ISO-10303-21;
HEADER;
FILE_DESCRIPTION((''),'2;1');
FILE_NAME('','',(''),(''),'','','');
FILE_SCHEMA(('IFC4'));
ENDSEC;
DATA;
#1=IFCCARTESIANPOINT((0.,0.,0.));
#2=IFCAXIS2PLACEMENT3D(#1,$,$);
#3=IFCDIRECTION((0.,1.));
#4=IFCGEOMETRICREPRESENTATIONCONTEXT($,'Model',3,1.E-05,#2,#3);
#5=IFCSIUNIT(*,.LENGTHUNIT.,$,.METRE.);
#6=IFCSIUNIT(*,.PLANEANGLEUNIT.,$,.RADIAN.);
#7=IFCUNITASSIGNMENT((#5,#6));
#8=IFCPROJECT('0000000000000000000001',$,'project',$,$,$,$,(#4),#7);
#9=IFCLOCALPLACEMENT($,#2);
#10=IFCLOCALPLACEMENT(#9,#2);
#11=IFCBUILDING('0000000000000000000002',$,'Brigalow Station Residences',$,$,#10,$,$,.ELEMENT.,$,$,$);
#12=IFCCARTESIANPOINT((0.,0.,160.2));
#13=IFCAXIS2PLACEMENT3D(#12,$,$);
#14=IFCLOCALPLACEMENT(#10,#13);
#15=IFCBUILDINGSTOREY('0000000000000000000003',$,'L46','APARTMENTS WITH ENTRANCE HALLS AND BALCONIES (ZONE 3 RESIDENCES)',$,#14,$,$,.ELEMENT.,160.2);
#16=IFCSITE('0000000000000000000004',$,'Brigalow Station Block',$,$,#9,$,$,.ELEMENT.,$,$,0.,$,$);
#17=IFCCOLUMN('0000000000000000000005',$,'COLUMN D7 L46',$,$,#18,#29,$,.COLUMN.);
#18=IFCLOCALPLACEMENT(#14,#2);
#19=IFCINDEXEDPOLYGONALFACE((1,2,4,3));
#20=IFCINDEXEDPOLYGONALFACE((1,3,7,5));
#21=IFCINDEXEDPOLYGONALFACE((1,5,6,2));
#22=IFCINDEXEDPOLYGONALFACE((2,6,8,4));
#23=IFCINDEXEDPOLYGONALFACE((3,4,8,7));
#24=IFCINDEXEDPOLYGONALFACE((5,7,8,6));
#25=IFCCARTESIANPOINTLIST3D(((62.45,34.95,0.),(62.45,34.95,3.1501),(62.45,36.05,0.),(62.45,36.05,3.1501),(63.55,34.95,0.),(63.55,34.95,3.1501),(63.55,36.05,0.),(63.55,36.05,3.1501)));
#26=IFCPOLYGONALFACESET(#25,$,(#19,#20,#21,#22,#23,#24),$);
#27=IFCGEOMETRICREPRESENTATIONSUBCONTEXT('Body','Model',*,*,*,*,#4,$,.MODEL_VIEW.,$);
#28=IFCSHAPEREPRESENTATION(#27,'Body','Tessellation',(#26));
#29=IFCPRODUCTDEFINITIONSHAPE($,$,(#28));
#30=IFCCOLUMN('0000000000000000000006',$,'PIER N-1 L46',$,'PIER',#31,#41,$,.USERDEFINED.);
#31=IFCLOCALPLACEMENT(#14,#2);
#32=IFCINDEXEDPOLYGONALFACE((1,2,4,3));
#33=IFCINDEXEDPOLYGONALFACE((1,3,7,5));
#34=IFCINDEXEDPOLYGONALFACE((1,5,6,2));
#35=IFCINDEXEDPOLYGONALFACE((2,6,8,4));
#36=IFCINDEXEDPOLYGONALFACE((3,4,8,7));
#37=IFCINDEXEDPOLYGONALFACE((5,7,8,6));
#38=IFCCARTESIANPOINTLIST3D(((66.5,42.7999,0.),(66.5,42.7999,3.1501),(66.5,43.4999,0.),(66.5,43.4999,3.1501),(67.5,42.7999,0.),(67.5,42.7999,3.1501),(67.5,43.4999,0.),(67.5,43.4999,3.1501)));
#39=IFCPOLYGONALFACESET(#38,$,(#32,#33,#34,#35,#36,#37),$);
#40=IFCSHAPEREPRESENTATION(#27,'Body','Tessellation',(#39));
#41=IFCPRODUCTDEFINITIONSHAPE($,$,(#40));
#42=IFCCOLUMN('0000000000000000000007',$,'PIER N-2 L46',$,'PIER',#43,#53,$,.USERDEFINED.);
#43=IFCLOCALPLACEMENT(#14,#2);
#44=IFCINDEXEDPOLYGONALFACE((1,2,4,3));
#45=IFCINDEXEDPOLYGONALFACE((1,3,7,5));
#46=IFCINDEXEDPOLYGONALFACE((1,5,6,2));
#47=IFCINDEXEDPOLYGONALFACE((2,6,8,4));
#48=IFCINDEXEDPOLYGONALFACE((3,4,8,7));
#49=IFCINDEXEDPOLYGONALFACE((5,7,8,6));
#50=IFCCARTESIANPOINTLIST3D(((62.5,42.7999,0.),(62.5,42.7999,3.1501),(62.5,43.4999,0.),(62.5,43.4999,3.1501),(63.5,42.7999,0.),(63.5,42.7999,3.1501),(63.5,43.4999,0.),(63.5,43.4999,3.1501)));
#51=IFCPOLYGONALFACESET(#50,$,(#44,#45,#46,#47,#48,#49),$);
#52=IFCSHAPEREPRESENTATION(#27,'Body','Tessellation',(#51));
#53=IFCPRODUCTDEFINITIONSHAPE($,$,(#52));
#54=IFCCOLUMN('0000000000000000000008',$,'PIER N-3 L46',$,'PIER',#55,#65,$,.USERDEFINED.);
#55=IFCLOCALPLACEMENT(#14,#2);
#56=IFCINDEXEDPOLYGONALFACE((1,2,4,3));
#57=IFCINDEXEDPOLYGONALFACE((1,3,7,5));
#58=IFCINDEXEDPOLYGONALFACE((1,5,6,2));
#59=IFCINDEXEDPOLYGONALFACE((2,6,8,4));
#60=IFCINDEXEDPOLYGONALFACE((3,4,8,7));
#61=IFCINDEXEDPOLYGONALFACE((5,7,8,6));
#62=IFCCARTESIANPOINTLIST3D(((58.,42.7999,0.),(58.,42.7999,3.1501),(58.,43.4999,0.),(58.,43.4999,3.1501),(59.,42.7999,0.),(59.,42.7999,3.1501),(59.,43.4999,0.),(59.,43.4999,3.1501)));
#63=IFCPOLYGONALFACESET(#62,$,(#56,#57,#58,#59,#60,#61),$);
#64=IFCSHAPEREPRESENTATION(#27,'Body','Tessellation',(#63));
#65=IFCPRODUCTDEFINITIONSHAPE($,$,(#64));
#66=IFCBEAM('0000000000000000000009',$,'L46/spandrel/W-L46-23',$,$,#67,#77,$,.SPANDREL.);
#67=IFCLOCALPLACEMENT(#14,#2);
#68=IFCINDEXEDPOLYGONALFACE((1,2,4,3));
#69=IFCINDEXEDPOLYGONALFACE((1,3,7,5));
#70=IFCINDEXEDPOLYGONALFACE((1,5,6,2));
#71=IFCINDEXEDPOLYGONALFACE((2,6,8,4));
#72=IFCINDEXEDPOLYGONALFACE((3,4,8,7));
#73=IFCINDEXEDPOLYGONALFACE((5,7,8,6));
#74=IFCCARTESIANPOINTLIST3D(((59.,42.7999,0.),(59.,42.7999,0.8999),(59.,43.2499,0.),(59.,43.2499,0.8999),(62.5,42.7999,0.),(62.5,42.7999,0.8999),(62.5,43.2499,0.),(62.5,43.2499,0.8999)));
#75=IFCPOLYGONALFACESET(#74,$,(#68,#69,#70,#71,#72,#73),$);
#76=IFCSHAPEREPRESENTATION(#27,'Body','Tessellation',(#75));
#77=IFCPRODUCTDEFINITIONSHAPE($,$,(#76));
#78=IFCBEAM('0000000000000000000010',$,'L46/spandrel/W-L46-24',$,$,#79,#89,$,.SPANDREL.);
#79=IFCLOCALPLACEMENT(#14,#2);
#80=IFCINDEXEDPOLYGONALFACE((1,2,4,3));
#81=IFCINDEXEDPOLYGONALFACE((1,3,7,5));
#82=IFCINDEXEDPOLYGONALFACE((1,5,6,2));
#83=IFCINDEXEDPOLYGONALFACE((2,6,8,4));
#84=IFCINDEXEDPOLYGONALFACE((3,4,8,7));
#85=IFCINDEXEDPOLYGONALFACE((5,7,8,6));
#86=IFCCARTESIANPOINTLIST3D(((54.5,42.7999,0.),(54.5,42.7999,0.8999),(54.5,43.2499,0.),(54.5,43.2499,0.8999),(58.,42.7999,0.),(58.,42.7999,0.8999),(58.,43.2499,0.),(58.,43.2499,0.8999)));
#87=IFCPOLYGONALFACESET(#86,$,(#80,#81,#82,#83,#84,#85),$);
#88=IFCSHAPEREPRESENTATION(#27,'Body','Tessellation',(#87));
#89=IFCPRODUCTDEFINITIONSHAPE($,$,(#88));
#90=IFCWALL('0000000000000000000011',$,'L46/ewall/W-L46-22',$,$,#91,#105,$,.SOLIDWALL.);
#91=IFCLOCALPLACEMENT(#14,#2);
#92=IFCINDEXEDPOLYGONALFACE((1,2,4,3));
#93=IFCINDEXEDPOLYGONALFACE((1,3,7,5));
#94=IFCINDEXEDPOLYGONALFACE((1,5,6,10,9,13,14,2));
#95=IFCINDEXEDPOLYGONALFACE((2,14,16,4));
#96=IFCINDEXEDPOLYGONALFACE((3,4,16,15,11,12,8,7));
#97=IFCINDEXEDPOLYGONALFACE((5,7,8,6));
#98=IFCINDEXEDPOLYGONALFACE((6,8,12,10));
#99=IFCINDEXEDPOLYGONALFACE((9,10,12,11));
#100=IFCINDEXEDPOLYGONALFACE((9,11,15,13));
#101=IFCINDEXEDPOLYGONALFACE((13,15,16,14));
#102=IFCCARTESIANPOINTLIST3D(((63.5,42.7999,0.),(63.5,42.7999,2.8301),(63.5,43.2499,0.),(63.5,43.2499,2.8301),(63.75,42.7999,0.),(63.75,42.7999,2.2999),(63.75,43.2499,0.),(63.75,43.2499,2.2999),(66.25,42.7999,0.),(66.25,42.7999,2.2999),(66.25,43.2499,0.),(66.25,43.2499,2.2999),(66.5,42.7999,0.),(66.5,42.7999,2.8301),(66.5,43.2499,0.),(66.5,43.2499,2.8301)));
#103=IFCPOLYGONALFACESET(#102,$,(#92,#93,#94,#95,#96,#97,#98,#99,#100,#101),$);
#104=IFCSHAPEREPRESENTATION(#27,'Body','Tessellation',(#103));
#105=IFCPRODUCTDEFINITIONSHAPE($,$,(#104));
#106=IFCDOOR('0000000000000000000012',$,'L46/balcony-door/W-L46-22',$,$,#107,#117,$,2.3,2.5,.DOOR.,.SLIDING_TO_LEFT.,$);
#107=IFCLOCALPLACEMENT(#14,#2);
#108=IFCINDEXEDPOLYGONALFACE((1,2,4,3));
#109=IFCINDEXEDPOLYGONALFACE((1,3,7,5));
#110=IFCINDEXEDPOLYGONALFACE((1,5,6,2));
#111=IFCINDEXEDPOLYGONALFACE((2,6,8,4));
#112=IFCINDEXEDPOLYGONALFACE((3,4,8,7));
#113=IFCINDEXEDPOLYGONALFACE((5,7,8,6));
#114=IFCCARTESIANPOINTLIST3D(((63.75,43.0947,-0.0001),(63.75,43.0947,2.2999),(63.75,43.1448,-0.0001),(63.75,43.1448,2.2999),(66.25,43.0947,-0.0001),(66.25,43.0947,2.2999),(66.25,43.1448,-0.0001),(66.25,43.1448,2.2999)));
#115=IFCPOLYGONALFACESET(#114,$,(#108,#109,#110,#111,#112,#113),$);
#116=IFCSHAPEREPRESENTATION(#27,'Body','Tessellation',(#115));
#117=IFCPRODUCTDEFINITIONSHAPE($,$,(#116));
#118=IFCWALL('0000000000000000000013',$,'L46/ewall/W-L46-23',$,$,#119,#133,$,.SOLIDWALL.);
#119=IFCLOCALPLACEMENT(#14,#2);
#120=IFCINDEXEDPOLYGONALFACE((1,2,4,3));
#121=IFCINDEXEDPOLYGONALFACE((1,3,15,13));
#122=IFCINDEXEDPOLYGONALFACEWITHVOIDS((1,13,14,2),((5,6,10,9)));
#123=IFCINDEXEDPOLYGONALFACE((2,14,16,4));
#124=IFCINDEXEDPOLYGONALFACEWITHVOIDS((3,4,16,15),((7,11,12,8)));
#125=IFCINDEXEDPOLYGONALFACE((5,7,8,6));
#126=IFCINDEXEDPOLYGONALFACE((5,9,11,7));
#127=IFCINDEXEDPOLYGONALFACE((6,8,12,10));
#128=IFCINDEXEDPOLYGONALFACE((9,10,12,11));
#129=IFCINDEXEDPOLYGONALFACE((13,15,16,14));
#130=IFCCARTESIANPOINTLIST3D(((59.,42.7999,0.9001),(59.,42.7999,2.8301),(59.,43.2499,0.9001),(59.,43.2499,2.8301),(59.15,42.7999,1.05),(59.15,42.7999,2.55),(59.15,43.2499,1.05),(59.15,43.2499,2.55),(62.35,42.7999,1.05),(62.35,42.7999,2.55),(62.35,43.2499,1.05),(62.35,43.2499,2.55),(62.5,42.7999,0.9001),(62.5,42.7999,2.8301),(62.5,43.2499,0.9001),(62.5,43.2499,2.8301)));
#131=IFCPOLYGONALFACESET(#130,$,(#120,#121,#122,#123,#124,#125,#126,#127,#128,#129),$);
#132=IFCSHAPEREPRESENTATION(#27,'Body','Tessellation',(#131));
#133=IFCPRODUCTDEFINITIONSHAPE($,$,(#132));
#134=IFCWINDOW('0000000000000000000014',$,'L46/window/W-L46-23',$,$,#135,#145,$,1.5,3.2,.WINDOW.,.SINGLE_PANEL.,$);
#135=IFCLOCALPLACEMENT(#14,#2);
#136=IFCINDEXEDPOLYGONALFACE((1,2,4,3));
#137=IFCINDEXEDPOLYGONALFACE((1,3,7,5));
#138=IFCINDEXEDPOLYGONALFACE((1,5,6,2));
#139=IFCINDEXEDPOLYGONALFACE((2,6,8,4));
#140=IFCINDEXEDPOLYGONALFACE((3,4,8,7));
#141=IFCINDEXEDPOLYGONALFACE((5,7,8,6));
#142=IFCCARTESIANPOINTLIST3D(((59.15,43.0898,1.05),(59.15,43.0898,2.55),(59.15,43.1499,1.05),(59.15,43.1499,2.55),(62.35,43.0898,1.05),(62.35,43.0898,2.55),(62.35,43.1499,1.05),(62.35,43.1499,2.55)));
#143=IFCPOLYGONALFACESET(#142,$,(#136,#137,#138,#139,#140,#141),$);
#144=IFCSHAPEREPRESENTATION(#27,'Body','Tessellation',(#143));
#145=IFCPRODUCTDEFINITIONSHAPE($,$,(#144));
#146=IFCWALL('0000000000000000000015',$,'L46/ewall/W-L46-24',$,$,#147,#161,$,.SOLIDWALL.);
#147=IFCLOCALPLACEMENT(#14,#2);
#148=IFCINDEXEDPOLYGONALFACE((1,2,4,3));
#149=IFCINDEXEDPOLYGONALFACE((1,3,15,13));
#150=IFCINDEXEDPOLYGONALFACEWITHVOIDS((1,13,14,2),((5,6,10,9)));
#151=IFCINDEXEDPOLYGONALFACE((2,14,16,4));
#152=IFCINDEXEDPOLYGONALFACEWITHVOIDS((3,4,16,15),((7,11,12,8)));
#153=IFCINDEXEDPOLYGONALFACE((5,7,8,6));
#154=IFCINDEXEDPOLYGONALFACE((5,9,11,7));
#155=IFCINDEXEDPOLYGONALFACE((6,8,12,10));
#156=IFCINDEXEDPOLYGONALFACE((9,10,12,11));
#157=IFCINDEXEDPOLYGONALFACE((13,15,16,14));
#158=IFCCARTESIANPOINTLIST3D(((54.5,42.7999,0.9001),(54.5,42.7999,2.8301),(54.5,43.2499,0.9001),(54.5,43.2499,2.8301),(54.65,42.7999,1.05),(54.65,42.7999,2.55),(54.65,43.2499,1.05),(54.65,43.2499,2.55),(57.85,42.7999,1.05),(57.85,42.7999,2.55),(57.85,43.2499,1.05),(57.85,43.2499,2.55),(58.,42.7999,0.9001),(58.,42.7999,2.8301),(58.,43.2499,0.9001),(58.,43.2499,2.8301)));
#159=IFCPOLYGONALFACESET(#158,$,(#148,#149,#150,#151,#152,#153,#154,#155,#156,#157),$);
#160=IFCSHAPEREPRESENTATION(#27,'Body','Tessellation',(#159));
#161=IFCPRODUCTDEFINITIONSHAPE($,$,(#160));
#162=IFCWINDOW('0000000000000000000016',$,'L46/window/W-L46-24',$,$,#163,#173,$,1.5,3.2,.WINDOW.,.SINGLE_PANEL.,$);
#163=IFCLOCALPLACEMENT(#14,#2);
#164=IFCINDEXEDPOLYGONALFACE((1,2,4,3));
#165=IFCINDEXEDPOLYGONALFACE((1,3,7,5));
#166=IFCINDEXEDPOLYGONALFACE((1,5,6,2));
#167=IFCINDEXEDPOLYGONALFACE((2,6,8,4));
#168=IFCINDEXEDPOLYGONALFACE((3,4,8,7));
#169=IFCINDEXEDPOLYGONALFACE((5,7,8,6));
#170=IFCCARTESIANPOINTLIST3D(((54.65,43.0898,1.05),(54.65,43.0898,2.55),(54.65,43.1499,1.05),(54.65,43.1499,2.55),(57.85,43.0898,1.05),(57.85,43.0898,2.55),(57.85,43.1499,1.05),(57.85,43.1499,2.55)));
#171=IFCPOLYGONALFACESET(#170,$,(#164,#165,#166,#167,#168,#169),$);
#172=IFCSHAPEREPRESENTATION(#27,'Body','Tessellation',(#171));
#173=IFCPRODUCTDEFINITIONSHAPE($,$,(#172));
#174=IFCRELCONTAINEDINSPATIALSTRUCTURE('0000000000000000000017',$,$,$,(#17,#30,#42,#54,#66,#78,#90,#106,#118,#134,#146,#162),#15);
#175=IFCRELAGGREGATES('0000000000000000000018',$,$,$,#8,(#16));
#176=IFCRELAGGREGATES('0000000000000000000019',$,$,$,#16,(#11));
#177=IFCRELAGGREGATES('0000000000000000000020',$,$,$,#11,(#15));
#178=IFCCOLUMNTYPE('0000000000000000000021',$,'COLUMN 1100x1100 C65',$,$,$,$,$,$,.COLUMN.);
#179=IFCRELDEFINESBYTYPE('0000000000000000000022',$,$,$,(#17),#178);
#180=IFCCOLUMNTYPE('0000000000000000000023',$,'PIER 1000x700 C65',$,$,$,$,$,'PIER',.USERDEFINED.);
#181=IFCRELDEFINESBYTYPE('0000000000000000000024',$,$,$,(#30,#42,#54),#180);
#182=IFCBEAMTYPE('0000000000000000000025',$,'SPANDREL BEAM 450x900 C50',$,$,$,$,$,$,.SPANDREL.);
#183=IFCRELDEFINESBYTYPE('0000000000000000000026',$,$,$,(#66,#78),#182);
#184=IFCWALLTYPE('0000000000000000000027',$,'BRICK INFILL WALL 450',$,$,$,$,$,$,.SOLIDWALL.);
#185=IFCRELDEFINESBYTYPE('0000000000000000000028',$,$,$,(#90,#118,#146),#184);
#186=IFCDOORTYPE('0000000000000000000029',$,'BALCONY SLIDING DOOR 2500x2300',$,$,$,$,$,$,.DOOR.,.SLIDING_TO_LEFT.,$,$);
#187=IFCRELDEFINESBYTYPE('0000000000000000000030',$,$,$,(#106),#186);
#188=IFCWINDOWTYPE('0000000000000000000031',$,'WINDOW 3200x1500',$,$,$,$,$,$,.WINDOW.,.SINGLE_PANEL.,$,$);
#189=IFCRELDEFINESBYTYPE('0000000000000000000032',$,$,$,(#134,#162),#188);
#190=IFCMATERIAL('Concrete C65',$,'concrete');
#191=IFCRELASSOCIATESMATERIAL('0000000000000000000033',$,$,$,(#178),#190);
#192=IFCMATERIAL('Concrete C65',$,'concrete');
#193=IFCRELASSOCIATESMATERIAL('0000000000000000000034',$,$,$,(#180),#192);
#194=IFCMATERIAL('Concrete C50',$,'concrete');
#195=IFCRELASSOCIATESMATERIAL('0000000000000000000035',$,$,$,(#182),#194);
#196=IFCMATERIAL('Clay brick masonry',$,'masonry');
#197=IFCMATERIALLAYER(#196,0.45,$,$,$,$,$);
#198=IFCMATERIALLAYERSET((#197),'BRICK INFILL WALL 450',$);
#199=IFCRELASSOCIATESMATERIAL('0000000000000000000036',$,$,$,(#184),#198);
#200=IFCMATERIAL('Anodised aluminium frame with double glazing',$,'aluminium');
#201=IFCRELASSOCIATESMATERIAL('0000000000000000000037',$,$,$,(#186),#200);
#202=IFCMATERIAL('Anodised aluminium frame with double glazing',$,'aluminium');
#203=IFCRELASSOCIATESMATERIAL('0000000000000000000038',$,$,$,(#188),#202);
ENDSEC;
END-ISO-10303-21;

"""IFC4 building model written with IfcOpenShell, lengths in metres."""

from ifc_helpers import new_model, si_unit, direction, frame, frame_2d, origin, origin_2d, place, context, subcontext, project, spatial, rectangle, extrude, material, layer, layer_set, material_profile, profile_set, type_object, element, fill, save


model = new_model("IFC4")

# Units and contexts
model_context = context("Model", 3, precision=1e-05, world=origin(), true_north=direction((0.0, 1.0)))
body_context = subcontext(model_context, "Body", "Model", "MODEL_VIEW")
ifc_project = project(units=[si_unit("LENGTHUNIT", "METRE"), si_unit("PLANEANGLEUNIT", "RADIAN")], contexts=[model_context])

# Site, building, storey
site_placement = place(None, origin())
site = spatial("IfcSite", under=ifc_project, at=site_placement, Name="Brigalow Station Block", CompositionType="ELEMENT", RefElevation=0.0)
building_placement = place(site_placement, origin())
building = spatial("IfcBuilding", under=site, at=building_placement, Name="Brigalow Station Residences", CompositionType="ELEMENT")
storey_placement = place(building_placement, frame((0.0, 0.0, 160.2)))
storey = spatial("IfcBuildingStorey", under=building, at=storey_placement, Name="L46", Description="APARTMENTS WITH ENTRANCE HALLS AND BALCONIES (ZONE 3 RESIDENCES)", CompositionType="ELEMENT", Elevation=160.2)

# Columns
ifc_material_1 = material(Name="Concrete C65", Category="concrete")
ifc_material_profile_1 = material_profile(ifc_material_1, rectangle(XDim=1.1001, YDim=1.1001, at=origin_2d()), Name="RC1100x1100")
ifc_profile_set_1 = profile_set([ifc_material_profile_1], Name="Concrete C65")
column_type_1 = type_object("IfcColumnType", Name="COLUMN 1100x1100 C65", PredefinedType="COLUMN", material=ifc_profile_set_1)
column_placement = place(storey_placement, frame((63.0, 35.5, 0.0), z_axis=(0.0, 0.0, 1.0), x_axis=(1.0, 0.0, 0.0)))
element("IfcColumn", 1, at=column_placement, inside=storey, type_object=column_type_1, Name="COLUMN D7 L46", PredefinedType="COLUMN", context=body_context, shape_type="SweptSolid", body=[
    extrude(rectangle(XDim=1.1001, YDim=1.1001, at=origin_2d()), origin(), (0.0, 0.0, 1.0), 3.1501),
])
ifc_material_2 = material(Name="Concrete C65", Category="concrete")
ifc_material_profile_2 = material_profile(ifc_material_2, rectangle(XDim=1.0, YDim=0.7, at=origin_2d()), Name="RC1000x700")
ifc_profile_set_2 = profile_set([ifc_material_profile_2], Name="Concrete C65")
column_type_2 = type_object("IfcColumnType", Name="PIER 1000x700 C65", ElementType="PIER", PredefinedType="USERDEFINED", material=ifc_profile_set_2)
for number, where, z_axis, x_axis, name in (
    (2, (67.0, 43.1499, 0.0), (0.0, 0.0, 1.0), (-1.0, 0.0, 0.0), "PIER N-1 L46"),
    (3, (63.0, 43.1499, 0.0), (0.0, 0.0, 1.0), (-1.0, 0.0, 0.0), "PIER N-2 L46"),
    (4, (58.5, 43.1499, 0.0), (0.0, 0.0, 1.0), (-1.0, 0.0, 0.0), "PIER N-3 L46"),
):
    element("IfcColumn", number, at=place(storey_placement, frame(where, z_axis=z_axis, x_axis=x_axis)), inside=storey, type_object=column_type_2, Name=name, ObjectType="PIER", PredefinedType="USERDEFINED", context=body_context, shape_type="SweptSolid", body=[
        extrude(rectangle(XDim=1.0, YDim=0.7, at=origin_2d()), origin(), (0.0, 0.0, 1.0), 3.1501),
    ])

# Beams
ifc_material_3 = material(Name="Concrete C50", Category="concrete")
ifc_material_profile_3 = material_profile(ifc_material_3, rectangle(XDim=0.45, YDim=0.8999, at=origin_2d()), Name="RC450x900")
ifc_profile_set_3 = profile_set([ifc_material_profile_3], Name="Concrete C50")
beam_type = type_object("IfcBeamType", Name="SPANDREL BEAM 450x900 C50", PredefinedType="SPANDREL", material=ifc_profile_set_3)
for number, where, z_axis, x_axis, name in (
    (5, (62.5, 43.0249, 0.45), (-1.0, 0.0, 0.0), (0.0, -1.0, 0.0), "L46/spandrel/W-L46-23"),
    (6, (58.0, 43.0249, 0.45), (-1.0, 0.0, 0.0), (0.0, -1.0, 0.0), "L46/spandrel/W-L46-24"),
):
    element("IfcBeam", number, at=place(storey_placement, frame(where, z_axis=z_axis, x_axis=x_axis)), inside=storey, type_object=beam_type, Name=name, PredefinedType="SPANDREL", context=body_context, shape_type="SweptSolid", body=[
        extrude(rectangle(XDim=0.45, YDim=0.8999, at=origin_2d()), origin(), (0.0, 0.0, 1.0), 3.5),
    ])

# Wall, opening, door
ifc_material_4 = material(Name="Clay brick masonry", Category="masonry")
ifc_layer_1 = layer(ifc_material_4, 0.45)
ifc_layer_set_1 = layer_set([ifc_layer_1], Name="BRICK INFILL WALL 450")
wall_type_1 = type_object("IfcWallType", Name="BRICK INFILL WALL 450", PredefinedType="SOLIDWALL", material=ifc_layer_set_1)
wall_1_placement = place(storey_placement, frame((66.5, 43.0249, 0.0), z_axis=(0.0, 0.0, 1.0), x_axis=(-1.0, 0.0, 0.0)))
wall_1 = element("IfcWall", 7, at=wall_1_placement, inside=storey, type_object=wall_type_1, Name="L46/ewall/W-L46-22", PredefinedType="SOLIDWALL", context=body_context, shape_type="SweptSolid", body=[
    extrude(rectangle(XDim=3.0, YDim=0.45, at=frame_2d((1.5, 0.0))), origin(), (0.0, 0.0, 1.0), 2.8301),
])
opening_1_placement = place(wall_1_placement, frame((0.25, 0.0, 0.0)))
opening_1 = element("IfcOpeningElement", 8, at=opening_1_placement, cuts=wall_1, PredefinedType="OPENING", context=body_context, shape_type="SweptSolid", body=[
    extrude(rectangle(XDim=2.5, YDim=2.3, at=frame_2d((1.25, 1.1499))), frame((0.0, 0.2349, 0.0), z_axis=(0.0, -1.0, 0.0), x_axis=(1.0, 0.0, 0.0)), (0.0, 0.0, 1.0), 0.47),
])
ifc_material_5 = material(Name="Anodised aluminium frame with double glazing", Category="aluminium")
door_type_1 = type_object("IfcDoorType", Name="BALCONY SLIDING DOOR 2500x2300", OperationType="SLIDING_TO_LEFT", PredefinedType="DOOR", material=ifc_material_5)
door_1_placement = place(opening_1_placement, origin())
door_1 = element("IfcDoor", 9, at=door_1_placement, inside=storey, type_object=door_type_1, Name="L46/balcony-door/W-L46-22", OperationType="SLIDING_TO_LEFT", OverallHeight=2.3, OverallWidth=2.5, PredefinedType="DOOR", context=body_context, shape_type="SweptSolid", body=[
    extrude(rectangle(XDim=2.5, YDim=2.3, at=frame_2d((1.25, 1.1499))), frame((0.0, -0.0698, 0.0), z_axis=(0.0, -1.0, 0.0), x_axis=(1.0, 0.0, 0.0)), (0.0, 0.0, 1.0), 0.05),
])
fill(opening_1, door_1)

# Walls, openings, windows
wall_2_placement = place(storey_placement, frame((62.5, 43.0249, 0.9001), z_axis=(0.0, 0.0, 1.0), x_axis=(-1.0, 0.0, 0.0)))
wall_2 = element("IfcWall", 10, at=wall_2_placement, inside=storey, type_object=wall_type_1, Name="L46/ewall/W-L46-23", PredefinedType="SOLIDWALL", context=body_context, shape_type="SweptSolid", body=[
    extrude(rectangle(XDim=3.5, YDim=0.45, at=frame_2d((1.75, 0.0))), origin(), (0.0, 0.0, 1.0), 1.9299),
])
opening_2_placement = place(wall_2_placement, frame((0.1499, 0.0, 0.1499)))
opening_2 = element("IfcOpeningElement", 11, at=opening_2_placement, cuts=wall_2, PredefinedType="OPENING", context=body_context, shape_type="SweptSolid", body=[
    extrude(rectangle(XDim=3.2, YDim=1.5, at=frame_2d((1.6001, 0.75))), frame((0.0, 0.2349, 0.0), z_axis=(0.0, -1.0, 0.0), x_axis=(1.0, 0.0, 0.0)), (0.0, 0.0, 1.0), 0.47),
])
ifc_material_6 = material(Name="Anodised aluminium frame with double glazing", Category="aluminium")
window_type = type_object("IfcWindowType", Name="WINDOW 3200x1500", PartitioningType="SINGLE_PANEL", PredefinedType="WINDOW", material=ifc_material_6)
window_1_placement = place(opening_2_placement, origin())
window_1 = element("IfcWindow", 12, at=window_1_placement, inside=storey, type_object=window_type, Name="L46/window/W-L46-23", OverallHeight=1.5, OverallWidth=3.2, PartitioningType="SINGLE_PANEL", PredefinedType="WINDOW", context=body_context, shape_type="SweptSolid", body=[
    extrude(rectangle(XDim=3.2, YDim=1.5, at=frame_2d((1.6001, 0.75))), frame((0.0, -0.0649, 0.0), z_axis=(0.0, -1.0, 0.0), x_axis=(1.0, 0.0, 0.0)), (0.0, 0.0, 1.0), 0.0601),
])
fill(opening_2, window_1)
wall_3_placement = place(storey_placement, frame((58.0, 43.0249, 0.9001), z_axis=(0.0, 0.0, 1.0), x_axis=(-1.0, 0.0, 0.0)))
wall_3 = element("IfcWall", 13, at=wall_3_placement, inside=storey, type_object=wall_type_1, Name="L46/ewall/W-L46-24", PredefinedType="SOLIDWALL", context=body_context, shape_type="SweptSolid", body=[
    extrude(rectangle(XDim=3.5, YDim=0.45, at=frame_2d((1.75, 0.0))), origin(), (0.0, 0.0, 1.0), 1.9299),
])
opening_3_placement = place(wall_3_placement, frame((0.1499, 0.0, 0.1499)))
opening_3 = element("IfcOpeningElement", 14, at=opening_3_placement, cuts=wall_3, PredefinedType="OPENING", context=body_context, shape_type="SweptSolid", body=[
    extrude(rectangle(XDim=3.2, YDim=1.5, at=frame_2d((1.6001, 0.75))), frame((0.0, 0.2349, 0.0), z_axis=(0.0, -1.0, 0.0), x_axis=(1.0, 0.0, 0.0)), (0.0, 0.0, 1.0), 0.47),
])
window_2_placement = place(opening_3_placement, origin())
window_2 = element("IfcWindow", 15, at=window_2_placement, inside=storey, type_object=window_type, Name="L46/window/W-L46-24", OverallHeight=1.5, OverallWidth=3.2, PartitioningType="SINGLE_PANEL", PredefinedType="WINDOW", context=body_context, shape_type="SweptSolid", body=[
    extrude(rectangle(XDim=3.2, YDim=1.5, at=frame_2d((1.6001, 0.75))), frame((0.0, -0.0649, 0.0), z_axis=(0.0, -1.0, 0.0), x_axis=(1.0, 0.0, 0.0)), (0.0, 0.0, 1.0), 0.0601),
])
fill(opening_3, window_2)

save(model, "model.ifc")
